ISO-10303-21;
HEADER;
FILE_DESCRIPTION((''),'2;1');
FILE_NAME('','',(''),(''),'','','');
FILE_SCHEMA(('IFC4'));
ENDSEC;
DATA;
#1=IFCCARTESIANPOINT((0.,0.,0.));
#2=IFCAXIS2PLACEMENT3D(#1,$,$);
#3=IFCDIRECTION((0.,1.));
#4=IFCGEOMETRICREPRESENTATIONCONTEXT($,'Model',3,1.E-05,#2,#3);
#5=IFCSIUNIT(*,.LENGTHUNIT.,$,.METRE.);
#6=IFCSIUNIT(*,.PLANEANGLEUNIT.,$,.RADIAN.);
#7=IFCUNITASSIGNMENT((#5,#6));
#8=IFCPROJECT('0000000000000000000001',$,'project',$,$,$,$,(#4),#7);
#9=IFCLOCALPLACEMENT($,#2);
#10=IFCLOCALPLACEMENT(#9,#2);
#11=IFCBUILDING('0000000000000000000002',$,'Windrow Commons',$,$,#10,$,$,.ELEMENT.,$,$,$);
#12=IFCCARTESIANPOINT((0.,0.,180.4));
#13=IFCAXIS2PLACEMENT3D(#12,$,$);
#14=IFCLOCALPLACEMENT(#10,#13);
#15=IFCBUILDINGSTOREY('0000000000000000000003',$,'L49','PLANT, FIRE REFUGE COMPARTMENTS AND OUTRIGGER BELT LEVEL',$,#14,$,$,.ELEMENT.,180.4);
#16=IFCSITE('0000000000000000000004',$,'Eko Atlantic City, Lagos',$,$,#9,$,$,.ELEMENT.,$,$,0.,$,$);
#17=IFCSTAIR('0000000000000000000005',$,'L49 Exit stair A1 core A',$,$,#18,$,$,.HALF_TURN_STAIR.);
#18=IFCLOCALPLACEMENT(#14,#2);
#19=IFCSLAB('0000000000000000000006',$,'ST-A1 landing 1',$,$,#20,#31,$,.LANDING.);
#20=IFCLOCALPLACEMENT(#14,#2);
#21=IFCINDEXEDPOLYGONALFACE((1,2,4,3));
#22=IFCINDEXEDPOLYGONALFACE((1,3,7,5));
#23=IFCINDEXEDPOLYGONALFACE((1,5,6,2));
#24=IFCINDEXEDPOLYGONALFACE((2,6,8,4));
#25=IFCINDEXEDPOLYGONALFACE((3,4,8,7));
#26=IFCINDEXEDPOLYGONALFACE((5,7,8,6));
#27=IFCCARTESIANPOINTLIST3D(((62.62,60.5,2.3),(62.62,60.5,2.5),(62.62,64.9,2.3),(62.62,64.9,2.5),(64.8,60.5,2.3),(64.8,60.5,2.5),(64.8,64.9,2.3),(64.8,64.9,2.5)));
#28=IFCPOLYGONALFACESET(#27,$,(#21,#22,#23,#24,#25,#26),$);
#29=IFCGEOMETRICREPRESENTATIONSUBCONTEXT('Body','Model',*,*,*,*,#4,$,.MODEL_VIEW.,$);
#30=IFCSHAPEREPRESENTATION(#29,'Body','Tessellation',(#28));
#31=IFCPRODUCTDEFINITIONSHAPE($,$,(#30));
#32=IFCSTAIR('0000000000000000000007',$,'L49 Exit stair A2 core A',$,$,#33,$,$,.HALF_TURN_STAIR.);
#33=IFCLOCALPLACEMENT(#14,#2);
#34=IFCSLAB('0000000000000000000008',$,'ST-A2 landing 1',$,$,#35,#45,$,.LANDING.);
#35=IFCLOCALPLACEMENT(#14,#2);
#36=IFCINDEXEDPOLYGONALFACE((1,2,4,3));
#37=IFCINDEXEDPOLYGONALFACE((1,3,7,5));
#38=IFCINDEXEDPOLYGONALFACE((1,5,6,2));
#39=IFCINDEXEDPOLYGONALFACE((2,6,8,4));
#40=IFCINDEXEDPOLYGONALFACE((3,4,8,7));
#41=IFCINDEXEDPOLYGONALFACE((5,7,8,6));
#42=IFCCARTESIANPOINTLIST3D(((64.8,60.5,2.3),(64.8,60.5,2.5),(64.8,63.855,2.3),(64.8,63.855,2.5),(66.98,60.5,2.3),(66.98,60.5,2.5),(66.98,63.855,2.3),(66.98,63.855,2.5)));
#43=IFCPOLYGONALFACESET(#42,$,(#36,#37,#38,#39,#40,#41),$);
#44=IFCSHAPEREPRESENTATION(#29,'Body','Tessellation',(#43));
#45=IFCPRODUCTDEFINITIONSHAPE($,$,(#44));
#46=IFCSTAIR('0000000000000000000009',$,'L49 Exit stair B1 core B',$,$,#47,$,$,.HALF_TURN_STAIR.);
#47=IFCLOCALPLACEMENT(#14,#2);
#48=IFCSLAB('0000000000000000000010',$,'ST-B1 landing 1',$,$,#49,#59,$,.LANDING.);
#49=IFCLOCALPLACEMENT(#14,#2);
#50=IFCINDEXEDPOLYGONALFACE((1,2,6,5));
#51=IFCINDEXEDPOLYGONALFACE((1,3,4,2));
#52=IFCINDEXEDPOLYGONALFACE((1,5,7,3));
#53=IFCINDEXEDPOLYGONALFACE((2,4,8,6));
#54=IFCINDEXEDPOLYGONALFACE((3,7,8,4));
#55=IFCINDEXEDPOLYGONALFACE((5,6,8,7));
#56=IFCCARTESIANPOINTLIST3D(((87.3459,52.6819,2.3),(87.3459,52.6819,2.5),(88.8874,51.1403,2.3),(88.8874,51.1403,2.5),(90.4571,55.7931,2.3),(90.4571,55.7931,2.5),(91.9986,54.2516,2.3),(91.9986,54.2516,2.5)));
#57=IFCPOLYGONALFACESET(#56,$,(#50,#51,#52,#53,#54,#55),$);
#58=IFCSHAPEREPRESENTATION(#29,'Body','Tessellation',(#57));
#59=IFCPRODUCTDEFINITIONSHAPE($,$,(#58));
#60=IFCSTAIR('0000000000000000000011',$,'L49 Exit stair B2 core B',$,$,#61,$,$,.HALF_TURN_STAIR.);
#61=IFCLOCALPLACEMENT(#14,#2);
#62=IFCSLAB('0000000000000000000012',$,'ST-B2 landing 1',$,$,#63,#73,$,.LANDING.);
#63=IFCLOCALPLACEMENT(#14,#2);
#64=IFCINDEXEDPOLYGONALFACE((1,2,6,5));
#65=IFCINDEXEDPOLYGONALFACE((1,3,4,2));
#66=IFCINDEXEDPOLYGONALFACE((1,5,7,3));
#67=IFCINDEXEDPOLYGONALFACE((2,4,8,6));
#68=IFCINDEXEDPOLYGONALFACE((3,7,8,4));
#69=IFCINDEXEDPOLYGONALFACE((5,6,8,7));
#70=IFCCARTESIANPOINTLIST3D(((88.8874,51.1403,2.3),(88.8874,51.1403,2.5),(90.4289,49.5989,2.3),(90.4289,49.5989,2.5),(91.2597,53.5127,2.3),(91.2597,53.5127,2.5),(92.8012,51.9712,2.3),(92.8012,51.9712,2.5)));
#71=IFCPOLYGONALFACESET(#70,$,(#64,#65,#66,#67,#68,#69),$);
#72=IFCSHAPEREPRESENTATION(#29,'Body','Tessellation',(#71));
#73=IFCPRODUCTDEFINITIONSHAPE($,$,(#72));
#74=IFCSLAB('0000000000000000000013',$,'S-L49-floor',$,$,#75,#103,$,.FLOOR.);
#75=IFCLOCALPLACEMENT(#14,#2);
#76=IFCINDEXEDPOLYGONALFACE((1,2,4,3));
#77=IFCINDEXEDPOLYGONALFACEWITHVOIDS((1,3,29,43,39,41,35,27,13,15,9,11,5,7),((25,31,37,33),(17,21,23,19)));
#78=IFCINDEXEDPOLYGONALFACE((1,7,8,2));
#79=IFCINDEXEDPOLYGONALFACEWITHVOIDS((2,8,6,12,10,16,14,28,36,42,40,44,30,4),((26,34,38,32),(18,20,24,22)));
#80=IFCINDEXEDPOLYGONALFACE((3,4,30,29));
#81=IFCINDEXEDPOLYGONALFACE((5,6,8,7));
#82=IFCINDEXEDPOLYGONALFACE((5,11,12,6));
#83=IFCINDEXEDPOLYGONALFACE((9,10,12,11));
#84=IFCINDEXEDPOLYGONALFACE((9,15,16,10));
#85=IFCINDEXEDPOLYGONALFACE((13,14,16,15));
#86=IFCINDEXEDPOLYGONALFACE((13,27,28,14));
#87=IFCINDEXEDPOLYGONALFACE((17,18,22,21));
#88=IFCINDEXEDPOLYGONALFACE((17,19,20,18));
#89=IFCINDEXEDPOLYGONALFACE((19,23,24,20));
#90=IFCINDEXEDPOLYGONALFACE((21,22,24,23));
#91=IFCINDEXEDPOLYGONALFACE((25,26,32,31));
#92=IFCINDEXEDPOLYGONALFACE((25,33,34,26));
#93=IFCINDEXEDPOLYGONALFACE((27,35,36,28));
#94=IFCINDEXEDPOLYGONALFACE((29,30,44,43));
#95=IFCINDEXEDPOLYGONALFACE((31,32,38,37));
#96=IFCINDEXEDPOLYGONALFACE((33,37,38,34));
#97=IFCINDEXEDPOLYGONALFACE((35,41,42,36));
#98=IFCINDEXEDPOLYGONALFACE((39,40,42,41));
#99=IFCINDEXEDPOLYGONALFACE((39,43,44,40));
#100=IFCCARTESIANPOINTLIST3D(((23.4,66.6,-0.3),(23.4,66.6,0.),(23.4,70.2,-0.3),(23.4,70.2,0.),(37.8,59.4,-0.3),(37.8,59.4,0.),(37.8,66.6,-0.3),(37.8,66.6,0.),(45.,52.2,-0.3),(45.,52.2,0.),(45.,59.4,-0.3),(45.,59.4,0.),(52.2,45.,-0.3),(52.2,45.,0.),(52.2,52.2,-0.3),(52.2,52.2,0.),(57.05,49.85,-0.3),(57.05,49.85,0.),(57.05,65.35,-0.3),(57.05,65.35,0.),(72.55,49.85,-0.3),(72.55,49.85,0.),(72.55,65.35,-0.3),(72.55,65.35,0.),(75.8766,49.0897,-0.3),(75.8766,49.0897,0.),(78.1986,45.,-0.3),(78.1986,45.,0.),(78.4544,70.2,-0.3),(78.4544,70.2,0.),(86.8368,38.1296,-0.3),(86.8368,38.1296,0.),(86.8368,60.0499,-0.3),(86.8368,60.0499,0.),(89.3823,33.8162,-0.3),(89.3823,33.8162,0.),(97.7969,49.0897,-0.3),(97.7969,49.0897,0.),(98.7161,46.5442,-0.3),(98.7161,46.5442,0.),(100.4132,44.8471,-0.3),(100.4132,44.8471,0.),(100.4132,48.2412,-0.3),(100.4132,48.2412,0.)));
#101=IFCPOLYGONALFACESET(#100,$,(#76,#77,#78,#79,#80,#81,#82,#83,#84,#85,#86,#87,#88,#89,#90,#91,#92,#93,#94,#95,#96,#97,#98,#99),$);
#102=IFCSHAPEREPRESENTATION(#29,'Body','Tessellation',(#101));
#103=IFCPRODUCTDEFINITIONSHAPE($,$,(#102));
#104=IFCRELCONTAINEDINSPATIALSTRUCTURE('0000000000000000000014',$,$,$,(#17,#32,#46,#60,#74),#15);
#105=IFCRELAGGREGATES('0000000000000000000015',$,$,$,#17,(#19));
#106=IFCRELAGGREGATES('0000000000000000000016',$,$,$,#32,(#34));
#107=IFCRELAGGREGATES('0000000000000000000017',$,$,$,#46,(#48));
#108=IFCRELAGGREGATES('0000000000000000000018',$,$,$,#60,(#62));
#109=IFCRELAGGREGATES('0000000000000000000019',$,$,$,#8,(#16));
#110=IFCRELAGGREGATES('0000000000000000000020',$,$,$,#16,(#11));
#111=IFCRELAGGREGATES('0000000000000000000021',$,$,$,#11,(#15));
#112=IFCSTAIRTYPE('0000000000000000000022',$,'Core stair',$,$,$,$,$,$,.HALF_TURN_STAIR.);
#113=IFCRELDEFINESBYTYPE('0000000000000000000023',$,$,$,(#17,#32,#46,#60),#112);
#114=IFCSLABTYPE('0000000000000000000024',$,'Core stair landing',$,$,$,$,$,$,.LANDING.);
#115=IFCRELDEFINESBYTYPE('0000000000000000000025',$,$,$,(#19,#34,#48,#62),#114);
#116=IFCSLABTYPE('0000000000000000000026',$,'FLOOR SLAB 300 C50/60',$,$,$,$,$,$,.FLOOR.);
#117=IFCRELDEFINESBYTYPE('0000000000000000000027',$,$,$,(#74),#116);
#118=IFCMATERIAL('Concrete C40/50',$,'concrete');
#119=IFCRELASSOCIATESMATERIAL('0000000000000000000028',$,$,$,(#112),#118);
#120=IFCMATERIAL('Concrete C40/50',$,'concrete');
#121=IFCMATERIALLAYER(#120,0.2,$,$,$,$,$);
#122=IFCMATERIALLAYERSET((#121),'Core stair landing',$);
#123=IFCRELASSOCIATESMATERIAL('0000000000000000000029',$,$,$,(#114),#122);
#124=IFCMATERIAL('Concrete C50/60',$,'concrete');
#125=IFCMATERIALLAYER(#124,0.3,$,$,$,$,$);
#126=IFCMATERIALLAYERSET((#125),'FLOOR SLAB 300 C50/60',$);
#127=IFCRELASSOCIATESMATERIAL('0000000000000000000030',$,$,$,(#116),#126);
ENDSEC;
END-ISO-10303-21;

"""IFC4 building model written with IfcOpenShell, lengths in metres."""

from ifc_helpers import new_model, si_unit, direction, frame, origin, place, context, subcontext, project, spatial, polyline, outline, extrude, material, layer, layer_set, type_object, element, aggregate, save


model = new_model("IFC4")

# Units and contexts
model_context = context("Model", 3, precision=1e-05, world=origin(), true_north=direction((0.0, 1.0)))
body_context = subcontext(model_context, "Body", "Model", "MODEL_VIEW")
ifc_project = project(units=[si_unit("LENGTHUNIT", "METRE"), si_unit("PLANEANGLEUNIT", "RADIAN")], contexts=[model_context])

# Site, building, storey
site_placement = place(None, origin())
building_placement = place(site_placement, origin())
storey_placement = place(building_placement, frame((0.0, 0.0, 180.4)))
site = spatial("IfcSite", under=ifc_project, at=site_placement, Name="Eko Atlantic City, Lagos", CompositionType="ELEMENT", RefElevation=0.0)
building = spatial("IfcBuilding", under=site, at=building_placement, Name="Windrow Commons", CompositionType="ELEMENT")
storey = spatial("IfcBuildingStorey", under=building, at=storey_placement, Name="L49", Description="PLANT, FIRE REFUGE COMPARTMENTS AND OUTRIGGER BELT LEVEL", CompositionType="ELEMENT", Elevation=180.4)

# Shared definitions
placement_1 = place(storey_placement, frame((0.0, 0.0, -0.3)))

# Stairs, slabs
ifc_material_1 = material(Name="Concrete C40/50", Category="concrete")
stair_type = type_object("IfcStairType", Name="Core stair", PredefinedType="HALF_TURN_STAIR", material=ifc_material_1)
placement_2 = place(storey_placement, origin())
stair_1 = element("IfcStair", 1, at=placement_2, inside=storey, type_object=stair_type, Name="L49 Exit stair A1 core A", PredefinedType="HALF_TURN_STAIR")
ifc_material_2 = material(Name="Concrete C40/50", Category="concrete")
ifc_layer_1 = layer(ifc_material_2, 0.2)
ifc_layer_set_1 = layer_set([ifc_layer_1], Name="Core stair landing")
slab_type_1 = type_object("IfcSlabType", Name="Core stair landing", PredefinedType="LANDING", material=ifc_layer_set_1)
placement_3 = place(storey_placement, frame((0.0, 0.0, 2.3)))
slab_1 = element("IfcSlab", 2, at=placement_3, type_object=slab_type_1, Name="ST-A1 landing 1", PredefinedType="LANDING", context=body_context, shape_type="SweptSolid", body=[
    extrude(outline(polyline([(62.62, 60.5), (64.8, 60.5), (64.8, 64.9), (62.62, 64.9), (62.62, 60.5)])), origin(), (0.0, 0.0, 1.0), 0.2),
])
aggregate(stair_1, [slab_1])
stair_2 = element("IfcStair", 3, at=placement_2, inside=storey, type_object=stair_type, Name="L49 Exit stair A2 core A", PredefinedType="HALF_TURN_STAIR")
slab_2 = element("IfcSlab", 4, at=placement_3, type_object=slab_type_1, Name="ST-A2 landing 1", PredefinedType="LANDING", context=body_context, shape_type="SweptSolid", body=[
    extrude(outline(polyline([(64.8, 60.5), (66.98, 60.5), (66.98, 63.855), (64.8, 63.855), (64.8, 60.5)])), origin(), (0.0, 0.0, 1.0), 0.2),
])
aggregate(stair_2, [slab_2])
stair_3 = element("IfcStair", 5, at=placement_2, inside=storey, type_object=stair_type, Name="L49 Exit stair B1 core B", PredefinedType="HALF_TURN_STAIR")
slab_3 = element("IfcSlab", 6, at=placement_3, type_object=slab_type_1, Name="ST-B1 landing 1", PredefinedType="LANDING", context=body_context, shape_type="SweptSolid", body=[
    extrude(outline(polyline([(87.3459, 52.6819), (88.8874, 51.1403), (91.9986, 54.2516), (90.4571, 55.7931), (87.3459, 52.6819)])), origin(), (0.0, 0.0, 1.0), 0.2),
])
aggregate(stair_3, [slab_3])
stair_4 = element("IfcStair", 7, at=placement_2, inside=storey, type_object=stair_type, Name="L49 Exit stair B2 core B", PredefinedType="HALF_TURN_STAIR")
slab_4 = element("IfcSlab", 8, at=placement_3, type_object=slab_type_1, Name="ST-B2 landing 1", PredefinedType="LANDING", context=body_context, shape_type="SweptSolid", body=[
    extrude(outline(polyline([(88.8874, 51.1403), (90.4289, 49.5989), (92.8012, 51.9712), (91.2597, 53.5127), (88.8874, 51.1403)])), origin(), (0.0, 0.0, 1.0), 0.2),
])
aggregate(stair_4, [slab_4])

# Slab, openings
ifc_material_3 = material(Name="Concrete C50/60", Category="concrete")
ifc_layer_2 = layer(ifc_material_3, 0.3)
ifc_layer_set_2 = layer_set([ifc_layer_2], Name="FLOOR SLAB 300 C50/60")
slab_type_2 = type_object("IfcSlabType", Name="FLOOR SLAB 300 C50/60", PredefinedType="FLOOR", material=ifc_layer_set_2)
slab_5 = element("IfcSlab", 9, at=placement_1, inside=storey, type_object=slab_type_2, Name="S-L49-floor", PredefinedType="FLOOR", context=body_context, shape_type="SweptSolid", body=[
    extrude(outline(polyline([(89.3823, 33.8162), (100.4132, 44.8471), (98.7161, 46.5442), (100.4132, 48.2412), (78.4544, 70.2), (23.4, 70.2), (23.4, 66.6), (37.8, 66.6), (37.8, 59.4), (45.0, 59.4), (45.0, 52.2), (52.2, 52.2), (52.2, 45.0), (78.1986, 45.0), (89.3823, 33.8162)]), holes=[polyline([(75.8766, 49.0897), (86.8368, 60.0499), (97.7969, 49.0897), (86.8368, 38.1296), (75.8766, 49.0897)]), polyline([(57.05, 49.85), (57.05, 65.35), (72.55, 65.35), (72.55, 49.85), (57.05, 49.85)])]), origin(), (0.0, 0.0, 1.0), 0.3),
])
opening_1_placement = place(placement_1, origin())
element("IfcOpeningElement", 10, at=opening_1_placement, cuts=slab_5, PredefinedType="OPENING", context=body_context, shape_type="SweptSolid", body=[
    extrude(outline(polyline([(75.8837, 49.0897), (86.8368, 60.0428), (97.7898, 49.0897), (86.8368, 38.1367), (75.8837, 49.0897)])), origin(), (0.0, 0.0, 1.0), 0.3),
])
opening_2_placement = place(placement_1, origin())
element("IfcOpeningElement", 11, at=opening_2_placement, cuts=slab_5, PredefinedType="OPENING", context=body_context, shape_type="SweptSolid", body=[
    extrude(outline(polyline([(57.055, 49.855), (57.055, 65.345), (72.545, 65.345), (72.545, 49.855), (57.055, 49.855)])), origin(), (0.0, 0.0, 1.0), 0.3),
])

save(model, "model.ifc")
